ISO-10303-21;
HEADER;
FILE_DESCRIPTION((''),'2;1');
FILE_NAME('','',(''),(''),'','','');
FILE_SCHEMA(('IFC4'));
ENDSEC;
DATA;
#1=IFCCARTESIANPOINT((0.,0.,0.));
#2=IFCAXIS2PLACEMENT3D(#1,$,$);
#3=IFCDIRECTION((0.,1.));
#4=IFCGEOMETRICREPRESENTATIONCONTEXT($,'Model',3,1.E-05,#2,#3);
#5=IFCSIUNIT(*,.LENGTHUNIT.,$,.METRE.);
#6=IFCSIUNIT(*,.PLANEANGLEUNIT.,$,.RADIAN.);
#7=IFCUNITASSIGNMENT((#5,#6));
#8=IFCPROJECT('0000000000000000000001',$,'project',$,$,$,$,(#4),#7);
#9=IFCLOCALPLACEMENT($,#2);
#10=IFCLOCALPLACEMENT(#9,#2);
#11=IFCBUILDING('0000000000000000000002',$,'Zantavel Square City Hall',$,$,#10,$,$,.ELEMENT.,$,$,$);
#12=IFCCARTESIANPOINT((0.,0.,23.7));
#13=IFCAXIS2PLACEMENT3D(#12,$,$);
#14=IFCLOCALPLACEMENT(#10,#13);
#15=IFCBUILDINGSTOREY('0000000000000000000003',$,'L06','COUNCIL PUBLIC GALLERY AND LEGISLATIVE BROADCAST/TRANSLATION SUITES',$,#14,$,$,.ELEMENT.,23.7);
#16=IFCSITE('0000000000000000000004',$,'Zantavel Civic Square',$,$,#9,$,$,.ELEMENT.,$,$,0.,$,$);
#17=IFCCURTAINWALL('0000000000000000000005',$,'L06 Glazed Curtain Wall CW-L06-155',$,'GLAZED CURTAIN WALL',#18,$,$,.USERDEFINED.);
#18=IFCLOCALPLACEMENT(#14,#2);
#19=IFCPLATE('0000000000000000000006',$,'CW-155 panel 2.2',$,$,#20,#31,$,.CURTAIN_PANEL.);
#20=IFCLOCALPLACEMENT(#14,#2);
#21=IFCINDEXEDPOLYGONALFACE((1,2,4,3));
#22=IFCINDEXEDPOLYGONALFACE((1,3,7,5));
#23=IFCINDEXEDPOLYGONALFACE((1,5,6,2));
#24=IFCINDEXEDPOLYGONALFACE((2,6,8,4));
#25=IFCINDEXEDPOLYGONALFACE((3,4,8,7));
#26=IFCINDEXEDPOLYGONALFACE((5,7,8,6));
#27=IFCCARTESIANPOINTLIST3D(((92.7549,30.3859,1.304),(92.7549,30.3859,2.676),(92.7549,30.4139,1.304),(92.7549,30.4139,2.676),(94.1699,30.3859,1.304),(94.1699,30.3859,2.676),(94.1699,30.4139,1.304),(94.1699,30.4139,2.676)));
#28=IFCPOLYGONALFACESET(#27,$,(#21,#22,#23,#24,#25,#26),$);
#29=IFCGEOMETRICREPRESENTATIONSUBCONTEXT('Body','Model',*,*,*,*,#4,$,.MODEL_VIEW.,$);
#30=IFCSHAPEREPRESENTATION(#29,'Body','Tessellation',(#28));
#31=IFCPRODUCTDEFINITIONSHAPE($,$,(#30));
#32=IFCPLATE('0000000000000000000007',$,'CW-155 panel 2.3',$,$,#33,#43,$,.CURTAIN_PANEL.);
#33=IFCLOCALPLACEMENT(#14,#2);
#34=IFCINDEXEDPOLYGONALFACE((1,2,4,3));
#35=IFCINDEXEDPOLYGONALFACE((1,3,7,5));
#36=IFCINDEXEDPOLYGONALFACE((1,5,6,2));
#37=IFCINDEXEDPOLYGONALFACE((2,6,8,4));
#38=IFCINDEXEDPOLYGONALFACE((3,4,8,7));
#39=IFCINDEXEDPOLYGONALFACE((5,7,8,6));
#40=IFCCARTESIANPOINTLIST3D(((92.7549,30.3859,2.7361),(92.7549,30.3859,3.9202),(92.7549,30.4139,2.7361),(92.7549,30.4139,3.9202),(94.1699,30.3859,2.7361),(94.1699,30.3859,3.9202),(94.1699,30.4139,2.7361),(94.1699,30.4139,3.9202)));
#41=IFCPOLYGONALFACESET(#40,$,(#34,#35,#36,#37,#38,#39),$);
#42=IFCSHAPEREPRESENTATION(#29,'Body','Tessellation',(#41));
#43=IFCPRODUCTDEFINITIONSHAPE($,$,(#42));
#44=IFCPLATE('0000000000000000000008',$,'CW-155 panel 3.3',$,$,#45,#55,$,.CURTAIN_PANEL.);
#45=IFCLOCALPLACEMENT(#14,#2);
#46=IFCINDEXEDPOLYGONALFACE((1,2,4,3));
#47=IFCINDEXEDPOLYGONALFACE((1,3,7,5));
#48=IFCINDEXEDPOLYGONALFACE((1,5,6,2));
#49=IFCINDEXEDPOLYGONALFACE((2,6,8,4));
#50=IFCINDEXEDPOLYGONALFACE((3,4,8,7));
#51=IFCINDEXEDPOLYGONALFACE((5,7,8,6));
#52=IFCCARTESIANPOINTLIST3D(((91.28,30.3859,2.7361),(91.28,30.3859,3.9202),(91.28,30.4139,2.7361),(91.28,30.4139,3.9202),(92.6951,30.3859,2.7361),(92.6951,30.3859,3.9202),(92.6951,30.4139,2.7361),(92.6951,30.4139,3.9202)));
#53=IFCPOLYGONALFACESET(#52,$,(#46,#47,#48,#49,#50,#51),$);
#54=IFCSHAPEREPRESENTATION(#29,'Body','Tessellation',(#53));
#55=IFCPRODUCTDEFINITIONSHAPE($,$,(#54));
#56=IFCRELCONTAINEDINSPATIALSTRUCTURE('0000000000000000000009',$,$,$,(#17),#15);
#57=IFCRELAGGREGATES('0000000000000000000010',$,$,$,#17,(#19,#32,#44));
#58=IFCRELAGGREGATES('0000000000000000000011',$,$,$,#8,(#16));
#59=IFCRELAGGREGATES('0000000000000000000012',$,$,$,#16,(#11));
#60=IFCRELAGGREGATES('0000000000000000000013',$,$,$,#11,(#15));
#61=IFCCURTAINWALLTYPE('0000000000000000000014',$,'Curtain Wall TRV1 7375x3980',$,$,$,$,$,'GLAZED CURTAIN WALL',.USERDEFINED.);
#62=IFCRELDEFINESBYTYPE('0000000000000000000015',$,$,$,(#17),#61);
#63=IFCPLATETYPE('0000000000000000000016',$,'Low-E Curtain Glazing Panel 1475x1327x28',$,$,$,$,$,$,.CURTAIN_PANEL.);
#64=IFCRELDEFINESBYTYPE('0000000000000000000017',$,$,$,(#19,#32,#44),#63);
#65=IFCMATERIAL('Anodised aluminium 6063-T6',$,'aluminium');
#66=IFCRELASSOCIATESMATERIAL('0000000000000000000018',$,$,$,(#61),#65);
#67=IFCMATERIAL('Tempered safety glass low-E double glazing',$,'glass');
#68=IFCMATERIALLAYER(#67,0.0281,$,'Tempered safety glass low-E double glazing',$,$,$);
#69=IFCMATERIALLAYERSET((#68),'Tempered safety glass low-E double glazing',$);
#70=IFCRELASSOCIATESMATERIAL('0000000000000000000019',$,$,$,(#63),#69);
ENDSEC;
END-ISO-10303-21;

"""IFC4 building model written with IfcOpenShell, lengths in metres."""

from ifc_helpers import new_model, si_unit, direction, frame, origin, origin_2d, place, context, subcontext, project, spatial, rectangle, extrude, material, layer, layer_set, type_object, element, aggregate, save


model = new_model("IFC4")

# Units and contexts
model_context = context("Model", 3, precision=1e-05, world=origin(), true_north=direction((0.0, 1.0)))
body_context = subcontext(model_context, "Body", "Model", "MODEL_VIEW")
ifc_project = project(units=[si_unit("LENGTHUNIT", "METRE"), si_unit("PLANEANGLEUNIT", "RADIAN")], contexts=[model_context])

# Site, building, storey
site_placement = place(None, origin())
site = spatial("IfcSite", under=ifc_project, at=site_placement, Name="Zantavel Civic Square", CompositionType="ELEMENT", RefElevation=0.0)
building_placement = place(site_placement, origin())
building = spatial("IfcBuilding", under=site, at=building_placement, Name="Zantavel Square City Hall", CompositionType="ELEMENT")
storey_placement = place(building_placement, frame((0.0, 0.0, 23.7)))
storey = spatial("IfcBuildingStorey", under=building, at=storey_placement, Name="L06", Description="COUNCIL PUBLIC GALLERY AND LEGISLATIVE BROADCAST/TRANSLATION SUITES", CompositionType="ELEMENT", Elevation=23.7)

# Curtain wall
ifc_material_1 = material(Name="Anodised aluminium 6063-T6", Category="aluminium")
curtain_wall_type = type_object("IfcCurtainWallType", Name="Curtain Wall TRV1 7375x3980", ElementType="GLAZED CURTAIN WALL", PredefinedType="USERDEFINED", material=ifc_material_1)
curtain_wall_placement = place(storey_placement, origin())
curtain_wall = element("IfcCurtainWall", 1, at=curtain_wall_placement, inside=storey, type_object=curtain_wall_type, Name="L06 Glazed Curtain Wall CW-L06-155", ObjectType="GLAZED CURTAIN WALL", PredefinedType="USERDEFINED")

# Plates
ifc_material_2 = material(Name="Tempered safety glass low-E double glazing", Category="glass")
ifc_layer = layer(ifc_material_2, 0.0281, Name="Tempered safety glass low-E double glazing")
ifc_layer_set = layer_set([ifc_layer], Name="Tempered safety glass low-E double glazing")
plate_type = type_object("IfcPlateType", Name="Low-E Curtain Glazing Panel 1475x1327x28", PredefinedType="CURTAIN_PANEL", material=ifc_layer_set)
plate_1_placement = place(storey_placement, frame((93.4624, 30.3999, 1.304), z_axis=(0.0, 0.0, 1.0), x_axis=(-1.0, 0.0, 0.0)))
plate_1 = element("IfcPlate", 2, at=plate_1_placement, type_object=plate_type, Name="CW-155 panel 2.2", PredefinedType="CURTAIN_PANEL", context=body_context, shape_type="SweptSolid", body=[
    extrude(rectangle(XDim=1.415, YDim=0.0281, at=origin_2d()), origin(), (0.0, 0.0, 1.0), 1.3721),
])
plate_2_placement = place(storey_placement, frame((93.4624, 30.3999, 2.7361), z_axis=(0.0, 0.0, 1.0), x_axis=(-1.0, 0.0, 0.0)))
plate_2 = element("IfcPlate", 3, at=plate_2_placement, type_object=plate_type, Name="CW-155 panel 2.3", PredefinedType="CURTAIN_PANEL", context=body_context, shape_type="SweptSolid", body=[
    extrude(rectangle(XDim=1.415, YDim=0.0281, at=origin_2d()), origin(), (0.0, 0.0, 1.0), 1.1841),
])
plate_3_placement = place(storey_placement, frame((91.9875, 30.3999, 2.7361), z_axis=(0.0, 0.0, 1.0), x_axis=(-1.0, 0.0, 0.0)))
plate_3 = element("IfcPlate", 4, at=plate_3_placement, type_object=plate_type, Name="CW-155 panel 3.3", PredefinedType="CURTAIN_PANEL", context=body_context, shape_type="SweptSolid", body=[
    extrude(rectangle(XDim=1.415, YDim=0.0281, at=origin_2d()), origin(), (0.0, 0.0, 1.0), 1.1841),
])
aggregate(curtain_wall, [plate_1, plate_2, plate_3])

save(model, "model.ifc")
